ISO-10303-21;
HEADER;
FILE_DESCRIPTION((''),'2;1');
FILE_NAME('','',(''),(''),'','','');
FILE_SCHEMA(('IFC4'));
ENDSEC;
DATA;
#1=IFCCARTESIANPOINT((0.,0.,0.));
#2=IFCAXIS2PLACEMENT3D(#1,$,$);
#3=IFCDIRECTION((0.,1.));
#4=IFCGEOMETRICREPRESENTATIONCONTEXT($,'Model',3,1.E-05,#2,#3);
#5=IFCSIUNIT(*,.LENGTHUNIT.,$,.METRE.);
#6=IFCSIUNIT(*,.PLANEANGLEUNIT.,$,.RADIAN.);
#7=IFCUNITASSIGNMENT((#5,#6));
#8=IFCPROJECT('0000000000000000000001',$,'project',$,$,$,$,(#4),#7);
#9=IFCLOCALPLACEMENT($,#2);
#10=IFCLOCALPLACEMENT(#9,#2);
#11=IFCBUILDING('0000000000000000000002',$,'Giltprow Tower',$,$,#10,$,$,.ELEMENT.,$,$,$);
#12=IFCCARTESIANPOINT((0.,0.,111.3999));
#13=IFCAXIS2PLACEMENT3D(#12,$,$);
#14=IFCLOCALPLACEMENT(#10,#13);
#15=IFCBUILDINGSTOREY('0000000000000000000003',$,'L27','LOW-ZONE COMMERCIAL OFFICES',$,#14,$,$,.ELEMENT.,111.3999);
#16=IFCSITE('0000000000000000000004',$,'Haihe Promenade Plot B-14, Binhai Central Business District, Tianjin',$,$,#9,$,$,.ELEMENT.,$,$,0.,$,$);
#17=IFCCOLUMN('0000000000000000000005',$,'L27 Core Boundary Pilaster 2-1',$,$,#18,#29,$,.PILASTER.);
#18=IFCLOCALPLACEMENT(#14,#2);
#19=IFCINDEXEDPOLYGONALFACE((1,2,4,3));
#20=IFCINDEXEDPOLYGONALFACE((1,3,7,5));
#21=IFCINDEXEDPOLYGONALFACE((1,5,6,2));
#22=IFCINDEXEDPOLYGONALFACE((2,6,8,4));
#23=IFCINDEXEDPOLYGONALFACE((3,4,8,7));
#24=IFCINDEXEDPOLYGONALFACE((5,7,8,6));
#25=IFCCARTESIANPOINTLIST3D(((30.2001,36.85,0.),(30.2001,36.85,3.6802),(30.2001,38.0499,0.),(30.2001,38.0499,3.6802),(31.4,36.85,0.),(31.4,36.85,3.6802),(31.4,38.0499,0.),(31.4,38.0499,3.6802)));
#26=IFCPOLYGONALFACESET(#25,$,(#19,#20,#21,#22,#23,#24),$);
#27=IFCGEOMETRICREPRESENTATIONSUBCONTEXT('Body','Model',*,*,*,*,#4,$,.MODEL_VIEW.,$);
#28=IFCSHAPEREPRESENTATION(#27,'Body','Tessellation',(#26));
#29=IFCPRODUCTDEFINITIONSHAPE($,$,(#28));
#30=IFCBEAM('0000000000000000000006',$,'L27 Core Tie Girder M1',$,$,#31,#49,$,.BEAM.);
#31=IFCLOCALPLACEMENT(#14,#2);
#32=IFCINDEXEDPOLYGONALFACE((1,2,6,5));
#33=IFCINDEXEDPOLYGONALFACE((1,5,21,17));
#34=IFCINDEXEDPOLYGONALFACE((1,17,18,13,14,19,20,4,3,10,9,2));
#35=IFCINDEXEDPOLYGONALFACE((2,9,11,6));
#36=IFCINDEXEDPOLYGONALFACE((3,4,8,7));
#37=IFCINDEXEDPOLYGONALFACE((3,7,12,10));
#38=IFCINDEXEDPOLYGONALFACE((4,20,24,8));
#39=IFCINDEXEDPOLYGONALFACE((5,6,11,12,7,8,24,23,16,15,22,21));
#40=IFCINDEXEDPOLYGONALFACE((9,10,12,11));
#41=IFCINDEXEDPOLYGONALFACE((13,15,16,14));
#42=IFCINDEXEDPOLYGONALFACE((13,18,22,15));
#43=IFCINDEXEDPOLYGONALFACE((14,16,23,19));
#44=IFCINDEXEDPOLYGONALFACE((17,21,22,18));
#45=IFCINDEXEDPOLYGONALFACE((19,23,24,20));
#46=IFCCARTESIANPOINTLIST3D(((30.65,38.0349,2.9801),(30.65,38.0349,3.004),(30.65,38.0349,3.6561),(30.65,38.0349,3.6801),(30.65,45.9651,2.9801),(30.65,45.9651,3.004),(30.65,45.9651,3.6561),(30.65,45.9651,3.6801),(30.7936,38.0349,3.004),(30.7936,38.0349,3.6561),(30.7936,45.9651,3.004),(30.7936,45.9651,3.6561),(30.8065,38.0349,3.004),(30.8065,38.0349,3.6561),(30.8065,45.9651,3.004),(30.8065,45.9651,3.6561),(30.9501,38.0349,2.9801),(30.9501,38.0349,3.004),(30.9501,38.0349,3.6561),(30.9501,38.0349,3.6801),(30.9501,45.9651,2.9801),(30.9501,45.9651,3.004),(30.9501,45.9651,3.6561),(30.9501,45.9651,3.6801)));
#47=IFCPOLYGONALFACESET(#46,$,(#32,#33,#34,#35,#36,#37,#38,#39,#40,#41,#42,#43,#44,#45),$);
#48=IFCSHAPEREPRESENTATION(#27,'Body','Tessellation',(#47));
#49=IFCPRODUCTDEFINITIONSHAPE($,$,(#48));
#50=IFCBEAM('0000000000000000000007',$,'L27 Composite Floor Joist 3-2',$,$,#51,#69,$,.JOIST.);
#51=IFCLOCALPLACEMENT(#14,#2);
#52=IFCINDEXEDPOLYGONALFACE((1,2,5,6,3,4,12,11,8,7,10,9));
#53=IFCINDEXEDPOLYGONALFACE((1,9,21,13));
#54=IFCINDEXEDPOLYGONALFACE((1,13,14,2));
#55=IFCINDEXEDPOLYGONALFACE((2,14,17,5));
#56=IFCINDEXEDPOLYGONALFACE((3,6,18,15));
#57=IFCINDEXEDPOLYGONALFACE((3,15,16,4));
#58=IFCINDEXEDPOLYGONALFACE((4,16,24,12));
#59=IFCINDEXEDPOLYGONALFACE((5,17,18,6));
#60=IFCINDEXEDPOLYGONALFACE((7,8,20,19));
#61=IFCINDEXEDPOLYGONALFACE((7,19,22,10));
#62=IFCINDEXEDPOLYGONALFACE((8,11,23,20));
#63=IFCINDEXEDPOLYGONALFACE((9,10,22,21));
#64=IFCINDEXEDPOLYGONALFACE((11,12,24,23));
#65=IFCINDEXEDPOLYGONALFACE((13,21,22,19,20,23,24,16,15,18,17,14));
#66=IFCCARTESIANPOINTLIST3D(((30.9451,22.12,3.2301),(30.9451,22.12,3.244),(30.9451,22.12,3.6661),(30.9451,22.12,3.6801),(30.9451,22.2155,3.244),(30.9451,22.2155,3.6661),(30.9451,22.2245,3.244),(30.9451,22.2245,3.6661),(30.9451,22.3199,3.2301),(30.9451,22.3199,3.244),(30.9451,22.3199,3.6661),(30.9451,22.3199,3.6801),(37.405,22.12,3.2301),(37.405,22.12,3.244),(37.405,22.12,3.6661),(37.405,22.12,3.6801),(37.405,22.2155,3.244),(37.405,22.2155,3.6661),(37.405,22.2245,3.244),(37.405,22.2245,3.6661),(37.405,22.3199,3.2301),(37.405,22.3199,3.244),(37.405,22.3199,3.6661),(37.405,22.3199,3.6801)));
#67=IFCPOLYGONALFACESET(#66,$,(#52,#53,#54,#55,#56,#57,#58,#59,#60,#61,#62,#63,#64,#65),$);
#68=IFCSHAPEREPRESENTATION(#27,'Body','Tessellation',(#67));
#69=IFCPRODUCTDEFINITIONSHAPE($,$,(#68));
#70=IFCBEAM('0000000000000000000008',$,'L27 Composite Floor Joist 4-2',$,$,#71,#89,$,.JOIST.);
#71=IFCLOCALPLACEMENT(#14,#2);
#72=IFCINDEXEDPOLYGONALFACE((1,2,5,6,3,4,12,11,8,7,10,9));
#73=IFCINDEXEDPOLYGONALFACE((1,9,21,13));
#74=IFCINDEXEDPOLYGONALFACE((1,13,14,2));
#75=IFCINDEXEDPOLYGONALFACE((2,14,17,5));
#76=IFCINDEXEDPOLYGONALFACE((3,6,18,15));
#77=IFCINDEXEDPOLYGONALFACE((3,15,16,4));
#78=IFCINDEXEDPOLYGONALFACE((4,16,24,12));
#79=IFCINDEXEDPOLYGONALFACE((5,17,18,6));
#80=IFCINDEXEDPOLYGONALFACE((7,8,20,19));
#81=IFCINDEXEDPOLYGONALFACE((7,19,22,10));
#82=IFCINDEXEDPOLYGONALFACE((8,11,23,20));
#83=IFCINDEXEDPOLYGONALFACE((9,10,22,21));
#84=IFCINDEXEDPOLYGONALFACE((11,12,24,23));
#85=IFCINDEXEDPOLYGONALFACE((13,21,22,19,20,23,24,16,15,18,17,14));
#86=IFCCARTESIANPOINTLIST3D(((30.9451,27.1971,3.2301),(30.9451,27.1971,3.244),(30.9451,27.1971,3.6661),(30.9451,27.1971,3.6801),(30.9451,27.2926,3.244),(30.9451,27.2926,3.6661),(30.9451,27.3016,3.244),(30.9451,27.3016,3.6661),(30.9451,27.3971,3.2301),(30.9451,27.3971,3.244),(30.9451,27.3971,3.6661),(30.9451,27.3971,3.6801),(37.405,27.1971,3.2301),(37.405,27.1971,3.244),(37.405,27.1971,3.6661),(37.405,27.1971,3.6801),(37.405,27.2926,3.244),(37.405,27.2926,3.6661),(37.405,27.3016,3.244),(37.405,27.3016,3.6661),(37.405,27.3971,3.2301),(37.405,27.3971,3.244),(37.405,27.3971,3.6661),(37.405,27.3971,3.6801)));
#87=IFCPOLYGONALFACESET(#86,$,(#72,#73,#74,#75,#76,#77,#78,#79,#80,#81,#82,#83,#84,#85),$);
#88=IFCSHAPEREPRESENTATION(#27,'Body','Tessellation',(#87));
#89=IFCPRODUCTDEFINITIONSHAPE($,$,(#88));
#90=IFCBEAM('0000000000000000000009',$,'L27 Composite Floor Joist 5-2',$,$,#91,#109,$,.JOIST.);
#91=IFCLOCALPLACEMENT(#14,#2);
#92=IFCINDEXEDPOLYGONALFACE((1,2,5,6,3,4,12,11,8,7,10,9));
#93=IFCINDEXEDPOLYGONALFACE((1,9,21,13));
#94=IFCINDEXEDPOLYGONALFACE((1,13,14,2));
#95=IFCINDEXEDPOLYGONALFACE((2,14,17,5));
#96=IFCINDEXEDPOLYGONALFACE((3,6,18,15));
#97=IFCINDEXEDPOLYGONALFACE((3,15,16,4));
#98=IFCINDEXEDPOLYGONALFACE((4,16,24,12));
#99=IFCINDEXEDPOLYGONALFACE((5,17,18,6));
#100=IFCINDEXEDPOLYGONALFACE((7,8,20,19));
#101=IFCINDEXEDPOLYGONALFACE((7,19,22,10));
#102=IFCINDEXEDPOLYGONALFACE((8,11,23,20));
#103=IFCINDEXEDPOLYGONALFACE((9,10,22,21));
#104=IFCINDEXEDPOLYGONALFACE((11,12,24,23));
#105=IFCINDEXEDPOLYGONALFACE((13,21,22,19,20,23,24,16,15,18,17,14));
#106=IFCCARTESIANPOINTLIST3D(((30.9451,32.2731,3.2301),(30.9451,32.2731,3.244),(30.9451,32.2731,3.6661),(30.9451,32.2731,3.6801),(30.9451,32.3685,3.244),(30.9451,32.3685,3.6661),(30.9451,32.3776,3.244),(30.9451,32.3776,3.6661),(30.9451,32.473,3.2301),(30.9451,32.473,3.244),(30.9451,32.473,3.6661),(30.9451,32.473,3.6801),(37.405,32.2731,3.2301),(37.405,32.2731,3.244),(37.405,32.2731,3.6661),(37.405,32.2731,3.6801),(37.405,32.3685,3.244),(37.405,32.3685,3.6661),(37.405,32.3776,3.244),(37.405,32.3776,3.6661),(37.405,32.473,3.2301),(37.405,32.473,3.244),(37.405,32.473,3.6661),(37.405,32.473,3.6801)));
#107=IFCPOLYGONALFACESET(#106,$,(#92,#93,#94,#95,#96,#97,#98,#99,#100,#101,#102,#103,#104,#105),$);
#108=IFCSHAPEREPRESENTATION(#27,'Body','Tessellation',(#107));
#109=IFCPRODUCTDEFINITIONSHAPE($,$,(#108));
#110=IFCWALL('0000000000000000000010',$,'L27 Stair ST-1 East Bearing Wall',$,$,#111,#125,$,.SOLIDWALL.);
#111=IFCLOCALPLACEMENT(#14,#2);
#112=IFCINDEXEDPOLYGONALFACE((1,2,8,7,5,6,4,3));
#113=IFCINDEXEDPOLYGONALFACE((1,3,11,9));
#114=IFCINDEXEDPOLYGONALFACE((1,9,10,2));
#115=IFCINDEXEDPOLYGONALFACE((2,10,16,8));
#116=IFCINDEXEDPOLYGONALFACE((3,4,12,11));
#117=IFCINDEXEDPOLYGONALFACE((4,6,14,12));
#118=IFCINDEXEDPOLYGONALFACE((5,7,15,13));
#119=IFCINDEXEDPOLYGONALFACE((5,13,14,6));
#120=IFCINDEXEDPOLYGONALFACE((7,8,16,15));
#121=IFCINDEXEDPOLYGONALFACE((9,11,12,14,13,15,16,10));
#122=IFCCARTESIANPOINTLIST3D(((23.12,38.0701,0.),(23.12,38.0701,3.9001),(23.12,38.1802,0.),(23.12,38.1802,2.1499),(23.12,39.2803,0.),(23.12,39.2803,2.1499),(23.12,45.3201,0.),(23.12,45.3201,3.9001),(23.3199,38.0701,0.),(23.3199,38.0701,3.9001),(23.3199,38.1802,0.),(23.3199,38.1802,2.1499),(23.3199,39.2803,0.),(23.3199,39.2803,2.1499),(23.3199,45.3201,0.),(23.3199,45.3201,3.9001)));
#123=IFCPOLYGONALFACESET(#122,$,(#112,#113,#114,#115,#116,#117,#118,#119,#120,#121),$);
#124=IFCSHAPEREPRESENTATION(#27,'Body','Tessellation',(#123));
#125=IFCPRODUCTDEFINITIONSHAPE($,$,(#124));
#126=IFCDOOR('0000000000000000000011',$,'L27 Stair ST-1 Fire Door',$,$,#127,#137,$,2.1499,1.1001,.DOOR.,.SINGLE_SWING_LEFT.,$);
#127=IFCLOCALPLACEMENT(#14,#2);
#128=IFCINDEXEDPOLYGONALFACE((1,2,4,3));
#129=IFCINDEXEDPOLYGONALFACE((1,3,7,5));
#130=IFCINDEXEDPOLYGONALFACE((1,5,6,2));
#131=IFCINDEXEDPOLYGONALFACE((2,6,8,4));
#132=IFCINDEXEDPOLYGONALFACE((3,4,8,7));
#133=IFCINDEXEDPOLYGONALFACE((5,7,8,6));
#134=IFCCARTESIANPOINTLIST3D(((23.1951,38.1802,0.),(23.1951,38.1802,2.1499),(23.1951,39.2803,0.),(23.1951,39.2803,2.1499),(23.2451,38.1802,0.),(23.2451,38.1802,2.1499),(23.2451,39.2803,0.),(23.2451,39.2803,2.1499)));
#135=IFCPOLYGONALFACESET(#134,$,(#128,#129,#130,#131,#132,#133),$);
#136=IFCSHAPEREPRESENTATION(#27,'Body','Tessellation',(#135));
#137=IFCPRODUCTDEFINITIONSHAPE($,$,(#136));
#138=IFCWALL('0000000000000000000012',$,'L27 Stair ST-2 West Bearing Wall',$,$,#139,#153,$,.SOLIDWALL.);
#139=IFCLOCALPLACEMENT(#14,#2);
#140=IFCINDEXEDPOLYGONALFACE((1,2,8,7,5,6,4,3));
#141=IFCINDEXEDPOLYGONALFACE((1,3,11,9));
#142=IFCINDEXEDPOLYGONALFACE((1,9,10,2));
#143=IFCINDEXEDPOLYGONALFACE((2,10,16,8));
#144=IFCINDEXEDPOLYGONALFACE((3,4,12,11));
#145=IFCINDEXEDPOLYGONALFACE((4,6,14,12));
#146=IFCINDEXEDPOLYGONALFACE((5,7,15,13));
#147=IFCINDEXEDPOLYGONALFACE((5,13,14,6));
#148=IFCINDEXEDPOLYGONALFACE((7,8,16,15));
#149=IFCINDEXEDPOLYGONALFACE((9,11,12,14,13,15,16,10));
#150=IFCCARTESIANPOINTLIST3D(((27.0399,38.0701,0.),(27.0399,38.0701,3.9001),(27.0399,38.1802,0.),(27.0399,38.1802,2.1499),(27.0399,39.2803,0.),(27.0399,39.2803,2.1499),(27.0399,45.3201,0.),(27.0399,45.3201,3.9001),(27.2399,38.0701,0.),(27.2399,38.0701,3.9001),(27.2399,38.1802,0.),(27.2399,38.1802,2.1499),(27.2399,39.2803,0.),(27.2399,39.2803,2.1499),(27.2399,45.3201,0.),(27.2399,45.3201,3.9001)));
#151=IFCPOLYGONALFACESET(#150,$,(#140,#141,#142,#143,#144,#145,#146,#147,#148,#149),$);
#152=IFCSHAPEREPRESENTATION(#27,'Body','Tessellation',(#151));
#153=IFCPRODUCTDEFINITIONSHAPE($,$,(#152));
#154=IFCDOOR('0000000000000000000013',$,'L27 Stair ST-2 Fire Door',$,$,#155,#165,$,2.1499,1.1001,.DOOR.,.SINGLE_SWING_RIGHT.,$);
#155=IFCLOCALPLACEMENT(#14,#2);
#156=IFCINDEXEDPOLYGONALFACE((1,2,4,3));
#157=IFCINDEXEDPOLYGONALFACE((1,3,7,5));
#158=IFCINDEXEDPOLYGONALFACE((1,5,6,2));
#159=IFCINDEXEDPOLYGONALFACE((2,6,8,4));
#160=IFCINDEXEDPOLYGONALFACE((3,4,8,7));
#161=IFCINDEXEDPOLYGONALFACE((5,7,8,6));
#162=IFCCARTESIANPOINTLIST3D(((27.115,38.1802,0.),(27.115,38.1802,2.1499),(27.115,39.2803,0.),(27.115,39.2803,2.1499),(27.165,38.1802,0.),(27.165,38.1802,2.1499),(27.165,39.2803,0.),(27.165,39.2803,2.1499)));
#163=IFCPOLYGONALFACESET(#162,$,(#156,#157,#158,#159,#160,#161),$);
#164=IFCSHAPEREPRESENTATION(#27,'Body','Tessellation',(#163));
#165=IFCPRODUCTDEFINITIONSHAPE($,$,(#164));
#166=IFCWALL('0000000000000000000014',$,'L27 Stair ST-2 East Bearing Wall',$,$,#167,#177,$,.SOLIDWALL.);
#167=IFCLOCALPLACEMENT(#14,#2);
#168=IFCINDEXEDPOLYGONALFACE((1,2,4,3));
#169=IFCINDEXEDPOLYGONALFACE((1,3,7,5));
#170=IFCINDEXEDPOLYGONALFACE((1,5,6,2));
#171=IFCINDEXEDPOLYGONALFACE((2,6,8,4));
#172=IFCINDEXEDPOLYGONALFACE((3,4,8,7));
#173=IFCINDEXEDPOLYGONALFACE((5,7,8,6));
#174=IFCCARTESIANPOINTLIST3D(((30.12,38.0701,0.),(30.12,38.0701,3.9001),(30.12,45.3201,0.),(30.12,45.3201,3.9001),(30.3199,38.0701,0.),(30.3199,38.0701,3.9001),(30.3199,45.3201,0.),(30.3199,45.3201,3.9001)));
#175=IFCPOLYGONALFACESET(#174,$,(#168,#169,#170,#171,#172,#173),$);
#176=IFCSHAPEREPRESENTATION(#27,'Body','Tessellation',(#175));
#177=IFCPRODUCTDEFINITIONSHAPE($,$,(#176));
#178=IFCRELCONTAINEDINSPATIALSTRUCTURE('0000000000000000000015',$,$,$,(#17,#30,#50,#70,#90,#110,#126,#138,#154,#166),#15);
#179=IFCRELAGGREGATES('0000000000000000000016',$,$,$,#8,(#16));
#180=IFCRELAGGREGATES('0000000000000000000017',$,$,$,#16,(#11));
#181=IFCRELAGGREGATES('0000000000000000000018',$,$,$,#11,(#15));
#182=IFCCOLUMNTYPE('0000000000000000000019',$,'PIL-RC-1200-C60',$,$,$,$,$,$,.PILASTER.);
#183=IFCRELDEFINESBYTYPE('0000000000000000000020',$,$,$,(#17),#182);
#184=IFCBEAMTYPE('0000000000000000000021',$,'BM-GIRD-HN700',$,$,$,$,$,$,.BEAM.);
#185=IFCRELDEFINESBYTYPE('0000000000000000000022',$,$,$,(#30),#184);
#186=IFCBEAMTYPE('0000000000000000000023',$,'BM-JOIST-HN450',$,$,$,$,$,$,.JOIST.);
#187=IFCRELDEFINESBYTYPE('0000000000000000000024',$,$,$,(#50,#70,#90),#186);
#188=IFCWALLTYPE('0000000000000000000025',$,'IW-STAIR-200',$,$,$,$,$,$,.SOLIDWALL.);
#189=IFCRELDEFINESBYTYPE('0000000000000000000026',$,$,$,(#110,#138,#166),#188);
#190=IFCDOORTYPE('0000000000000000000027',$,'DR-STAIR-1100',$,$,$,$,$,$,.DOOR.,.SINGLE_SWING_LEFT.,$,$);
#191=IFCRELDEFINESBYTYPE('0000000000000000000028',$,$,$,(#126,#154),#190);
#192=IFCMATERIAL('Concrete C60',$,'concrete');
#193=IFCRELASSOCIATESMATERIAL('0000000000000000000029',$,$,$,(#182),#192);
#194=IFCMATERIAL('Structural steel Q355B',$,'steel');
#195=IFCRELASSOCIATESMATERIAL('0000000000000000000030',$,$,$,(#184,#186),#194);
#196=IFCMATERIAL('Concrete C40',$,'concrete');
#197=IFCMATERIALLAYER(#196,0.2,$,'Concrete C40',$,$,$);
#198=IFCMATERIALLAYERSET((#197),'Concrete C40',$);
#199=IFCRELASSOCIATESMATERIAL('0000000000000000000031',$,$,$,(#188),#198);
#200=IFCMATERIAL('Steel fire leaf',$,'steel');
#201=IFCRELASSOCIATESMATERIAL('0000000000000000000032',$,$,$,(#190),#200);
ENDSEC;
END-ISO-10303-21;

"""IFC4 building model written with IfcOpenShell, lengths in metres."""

from ifc_helpers import new_model, si_unit, direction, frame, frame_2d, origin, origin_2d, place, context, subcontext, project, spatial, rectangle, i_section, extrude, source, transform, mapped, material, layer, layer_set, material_profile, profile_set, type_object, element, fill, save


model = new_model("IFC4")

# Units and contexts
model_context = context("Model", 3, precision=1e-05, world=origin(), true_north=direction((0.0, 1.0)))
body_context = subcontext(model_context, "Body", "Model", "MODEL_VIEW")
ifc_project = project(units=[si_unit("LENGTHUNIT", "METRE"), si_unit("PLANEANGLEUNIT", "RADIAN")], contexts=[model_context])

# Site, building, storey
site_placement = place(None, origin())
site = spatial("IfcSite", under=ifc_project, at=site_placement, Name="Haihe Promenade Plot B-14, Binhai Central Business District, Tianjin", CompositionType="ELEMENT", RefElevation=0.0)
building_placement = place(site_placement, origin())
building = spatial("IfcBuilding", under=site, at=building_placement, Name="Giltprow Tower", CompositionType="ELEMENT")
storey_placement = place(building_placement, frame((0.0, 0.0, 111.3999)))
storey = spatial("IfcBuildingStorey", under=building, at=storey_placement, Name="L27", Description="LOW-ZONE COMMERCIAL OFFICES", CompositionType="ELEMENT", Elevation=111.3999)

# Column
ifc_material_1 = material(Name="Concrete C60", Category="concrete")
ifc_material_profile_1 = material_profile(ifc_material_1, rectangle(XDim=1.2, YDim=1.2, at=origin_2d()), Name="RC 1200x1200")
ifc_profile_set_1 = profile_set([ifc_material_profile_1], Name="Concrete C60")
column_type = type_object("IfcColumnType", Name="PIL-RC-1200-C60", PredefinedType="PILASTER", material=ifc_profile_set_1)
shared_shape_1 = source(origin(), body_context, "Body", "SweptSolid", [
    extrude(rectangle(XDim=1.2, YDim=1.2, at=origin_2d()), origin(), (0.0, 0.0, 1.0), 3.6802),
])
column_placement = place(storey_placement, frame((30.8, 37.45, 0.0), z_axis=(0.0, 0.0, 1.0), x_axis=(1.0, 0.0, 0.0)))
element("IfcColumn", 1, at=column_placement, inside=storey, type_object=column_type, Name="L27 Core Boundary Pilaster 2-1", PredefinedType="PILASTER", context=body_context, shape_type="MappedRepresentation", body=[
    mapped(shared_shape_1, transform((0.0, 0.0, 0.0), x_axis=(1.0, 0.0, 0.0), y_axis=(0.0, 1.0, 0.0), z_axis=(0.0, 0.0, 1.0), scale=1.0)),
])

# Beams
ifc_material_2 = material(Name="Structural steel Q355B", Category="steel")
ifc_material_profile_2 = material_profile(ifc_material_2, i_section(OverallWidth=0.3, OverallDepth=0.7, WebThickness=0.0129, FlangeThickness=0.0239, at=origin_2d()), Name="HN 700x300x13x24")
ifc_profile_set_2 = profile_set([ifc_material_profile_2], Name="Structural steel Q355B")
beam_type_1 = type_object("IfcBeamType", Name="BM-GIRD-HN700", PredefinedType="BEAM", material=ifc_profile_set_2)
shared_shape_2 = source(origin(), body_context, "Body", "SweptSolid", [
    extrude(i_section(OverallWidth=0.3, OverallDepth=0.7, WebThickness=0.0129, FlangeThickness=0.0239, at=origin_2d()), origin(), (0.0, 0.0, 1.0), 7.9302),
])
beam_placement = place(storey_placement, frame((30.8, 38.0349, 3.3301), z_axis=(0.0, 1.0, 0.0), x_axis=(-1.0, 0.0, 0.0)))
element("IfcBeam", 2, at=beam_placement, inside=storey, type_object=beam_type_1, Name="L27 Core Tie Girder M1", PredefinedType="BEAM", context=body_context, shape_type="MappedRepresentation", body=[
    mapped(shared_shape_2, transform((0.0, 0.0, 0.0), x_axis=(1.0, 0.0, 0.0), y_axis=(0.0, 1.0, 0.0), z_axis=(0.0, 0.0, 1.0), scale=1.0)),
])
ifc_material_profile_3 = material_profile(ifc_material_2, i_section(OverallWidth=0.2, OverallDepth=0.45, WebThickness=0.009, FlangeThickness=0.0139, at=origin_2d()), Name="HN 450x200x9x14")
ifc_profile_set_3 = profile_set([ifc_material_profile_3], Name="Structural steel Q355B")
beam_type_2 = type_object("IfcBeamType", Name="BM-JOIST-HN450", PredefinedType="JOIST", material=ifc_profile_set_3)
shared_shape_3 = source(origin(), body_context, "Body", "SweptSolid", [
    extrude(i_section(OverallWidth=0.2, OverallDepth=0.45, WebThickness=0.009, FlangeThickness=0.0139, at=origin_2d()), origin(), (0.0, 0.0, 1.0), 6.46),
])
for number, where, z_axis, x_axis, name in (
    (3, (30.9451, 22.22, 3.4551), (1.0, 0.0, 0.0), (0.0, 1.0, 0.0), "L27 Composite Floor Joist 3-2"),
    (4, (30.9451, 27.2971, 3.4551), (1.0, 0.0, 0.0), (0.0, 1.0, 0.0), "L27 Composite Floor Joist 4-2"),
    (5, (30.9451, 32.373, 3.4551), (1.0, 0.0, 0.0), (0.0, 1.0, 0.0), "L27 Composite Floor Joist 5-2"),
):
    element("IfcBeam", number, at=place(storey_placement, frame(where, z_axis=z_axis, x_axis=x_axis)), inside=storey, type_object=beam_type_2, Name=name, PredefinedType="JOIST", context=body_context, shape_type="MappedRepresentation", body=[
        mapped(shared_shape_3, transform((0.0, 0.0, 0.0), x_axis=(1.0, 0.0, 0.0), y_axis=(0.0, 1.0, 0.0), z_axis=(0.0, 0.0, 1.0), scale=1.0)),
    ])

# Walls, openings, doors
ifc_material_3 = material(Name="Concrete C40", Category="concrete")
ifc_layer_1 = layer(ifc_material_3, 0.2, Name="Concrete C40")
ifc_layer_set_1 = layer_set([ifc_layer_1], Name="Concrete C40")
wall_type_1 = type_object("IfcWallType", Name="IW-STAIR-200", PredefinedType="SOLIDWALL", material=ifc_layer_set_1)
wall_1_placement = place(storey_placement, frame((23.22, 38.0701, 0.0), z_axis=(0.0, 0.0, 1.0), x_axis=(0.0, 1.0, 0.0)))
wall_1 = element("IfcWall", 6, at=wall_1_placement, inside=storey, type_object=wall_type_1, Name="L27 Stair ST-1 East Bearing Wall", PredefinedType="SOLIDWALL", context=body_context, shape_type="SweptSolid", body=[
    extrude(rectangle(XDim=7.25, YDim=0.2, at=frame_2d((3.625, 0.0))), origin(), (0.0, 0.0, 1.0), 3.9001),
])
opening_1_placement = place(wall_1_placement, frame((0.1101, 0.0, 0.0)))
opening_1 = element("IfcOpeningElement", 7, at=opening_1_placement, cuts=wall_1, PredefinedType="OPENING", context=body_context, shape_type="SweptSolid", body=[
    extrude(rectangle(XDim=1.1001, YDim=2.1499, at=frame_2d((0.55, 1.075))), frame((0.0, 0.1099, 0.0), z_axis=(0.0, -1.0, 0.0), x_axis=(1.0, 0.0, 0.0)), (0.0, 0.0, 1.0), 0.22),
])
ifc_material_4 = material(Name="Steel fire leaf", Category="steel")
door_type_1 = type_object("IfcDoorType", Name="DR-STAIR-1100", OperationType="SINGLE_SWING_LEFT", PredefinedType="DOOR", material=ifc_material_4)
shared_shape_4 = source(origin(), body_context, "Body", "SweptSolid", [
    extrude(rectangle(XDim=1.1001, YDim=2.1499, at=frame_2d((0.55, 1.075))), frame((0.0, 0.0249, 0.0), z_axis=(0.0, -1.0, 0.0), x_axis=(1.0, 0.0, 0.0)), (0.0, 0.0, 1.0), 0.05),
])
door_1_placement = place(opening_1_placement, origin())
door_1 = element("IfcDoor", 8, at=door_1_placement, inside=storey, type_object=door_type_1, Name="L27 Stair ST-1 Fire Door", OperationType="SINGLE_SWING_LEFT", OverallHeight=2.1499, OverallWidth=1.1001, PredefinedType="DOOR", context=body_context, shape_type="MappedRepresentation", body=[
    mapped(shared_shape_4, transform((0.0, 0.0, 0.0), x_axis=(1.0, 0.0, 0.0), y_axis=(0.0, 1.0, 0.0), z_axis=(0.0, 0.0, 1.0), scale=1.0)),
])
fill(opening_1, door_1)
wall_2_placement = place(storey_placement, frame((27.1399, 38.0701, 0.0), z_axis=(0.0, 0.0, 1.0), x_axis=(0.0, 1.0, 0.0)))
wall_2 = element("IfcWall", 9, at=wall_2_placement, inside=storey, type_object=wall_type_1, Name="L27 Stair ST-2 West Bearing Wall", PredefinedType="SOLIDWALL", context=body_context, shape_type="SweptSolid", body=[
    extrude(rectangle(XDim=7.25, YDim=0.2, at=frame_2d((3.625, 0.0))), origin(), (0.0, 0.0, 1.0), 3.9001),
])
opening_2_placement = place(wall_2_placement, frame((0.1101, 0.0, 0.0)))
opening_2 = element("IfcOpeningElement", 10, at=opening_2_placement, cuts=wall_2, PredefinedType="OPENING", context=body_context, shape_type="SweptSolid", body=[
    extrude(rectangle(XDim=1.1001, YDim=2.1499, at=frame_2d((0.55, 1.075))), frame((0.0, 0.1099, 0.0), z_axis=(0.0, -1.0, 0.0), x_axis=(1.0, 0.0, 0.0)), (0.0, 0.0, 1.0), 0.22),
])
door_2_placement = place(opening_2_placement, origin())
door_2 = element("IfcDoor", 11, at=door_2_placement, inside=storey, type_object=door_type_1, Name="L27 Stair ST-2 Fire Door", OperationType="SINGLE_SWING_RIGHT", OverallHeight=2.1499, OverallWidth=1.1001, PredefinedType="DOOR", context=body_context, shape_type="MappedRepresentation", body=[
    mapped(shared_shape_4, transform((0.0, 0.0, 0.0), x_axis=(1.0, 0.0, 0.0), y_axis=(0.0, 1.0, 0.0), z_axis=(0.0, 0.0, 1.0), scale=1.0)),
])
fill(opening_2, door_2)

# Wall
wall_3_placement = place(storey_placement, frame((30.22, 38.0701, 0.0), z_axis=(0.0, 0.0, 1.0), x_axis=(0.0, 1.0, 0.0)))
element("IfcWall", 12, at=wall_3_placement, inside=storey, type_object=wall_type_1, Name="L27 Stair ST-2 East Bearing Wall", PredefinedType="SOLIDWALL", context=body_context, shape_type="SweptSolid", body=[
    extrude(rectangle(XDim=7.25, YDim=0.2, at=frame_2d((3.625, 0.0))), origin(), (0.0, 0.0, 1.0), 3.9001),
])

save(model, "model.ifc")
